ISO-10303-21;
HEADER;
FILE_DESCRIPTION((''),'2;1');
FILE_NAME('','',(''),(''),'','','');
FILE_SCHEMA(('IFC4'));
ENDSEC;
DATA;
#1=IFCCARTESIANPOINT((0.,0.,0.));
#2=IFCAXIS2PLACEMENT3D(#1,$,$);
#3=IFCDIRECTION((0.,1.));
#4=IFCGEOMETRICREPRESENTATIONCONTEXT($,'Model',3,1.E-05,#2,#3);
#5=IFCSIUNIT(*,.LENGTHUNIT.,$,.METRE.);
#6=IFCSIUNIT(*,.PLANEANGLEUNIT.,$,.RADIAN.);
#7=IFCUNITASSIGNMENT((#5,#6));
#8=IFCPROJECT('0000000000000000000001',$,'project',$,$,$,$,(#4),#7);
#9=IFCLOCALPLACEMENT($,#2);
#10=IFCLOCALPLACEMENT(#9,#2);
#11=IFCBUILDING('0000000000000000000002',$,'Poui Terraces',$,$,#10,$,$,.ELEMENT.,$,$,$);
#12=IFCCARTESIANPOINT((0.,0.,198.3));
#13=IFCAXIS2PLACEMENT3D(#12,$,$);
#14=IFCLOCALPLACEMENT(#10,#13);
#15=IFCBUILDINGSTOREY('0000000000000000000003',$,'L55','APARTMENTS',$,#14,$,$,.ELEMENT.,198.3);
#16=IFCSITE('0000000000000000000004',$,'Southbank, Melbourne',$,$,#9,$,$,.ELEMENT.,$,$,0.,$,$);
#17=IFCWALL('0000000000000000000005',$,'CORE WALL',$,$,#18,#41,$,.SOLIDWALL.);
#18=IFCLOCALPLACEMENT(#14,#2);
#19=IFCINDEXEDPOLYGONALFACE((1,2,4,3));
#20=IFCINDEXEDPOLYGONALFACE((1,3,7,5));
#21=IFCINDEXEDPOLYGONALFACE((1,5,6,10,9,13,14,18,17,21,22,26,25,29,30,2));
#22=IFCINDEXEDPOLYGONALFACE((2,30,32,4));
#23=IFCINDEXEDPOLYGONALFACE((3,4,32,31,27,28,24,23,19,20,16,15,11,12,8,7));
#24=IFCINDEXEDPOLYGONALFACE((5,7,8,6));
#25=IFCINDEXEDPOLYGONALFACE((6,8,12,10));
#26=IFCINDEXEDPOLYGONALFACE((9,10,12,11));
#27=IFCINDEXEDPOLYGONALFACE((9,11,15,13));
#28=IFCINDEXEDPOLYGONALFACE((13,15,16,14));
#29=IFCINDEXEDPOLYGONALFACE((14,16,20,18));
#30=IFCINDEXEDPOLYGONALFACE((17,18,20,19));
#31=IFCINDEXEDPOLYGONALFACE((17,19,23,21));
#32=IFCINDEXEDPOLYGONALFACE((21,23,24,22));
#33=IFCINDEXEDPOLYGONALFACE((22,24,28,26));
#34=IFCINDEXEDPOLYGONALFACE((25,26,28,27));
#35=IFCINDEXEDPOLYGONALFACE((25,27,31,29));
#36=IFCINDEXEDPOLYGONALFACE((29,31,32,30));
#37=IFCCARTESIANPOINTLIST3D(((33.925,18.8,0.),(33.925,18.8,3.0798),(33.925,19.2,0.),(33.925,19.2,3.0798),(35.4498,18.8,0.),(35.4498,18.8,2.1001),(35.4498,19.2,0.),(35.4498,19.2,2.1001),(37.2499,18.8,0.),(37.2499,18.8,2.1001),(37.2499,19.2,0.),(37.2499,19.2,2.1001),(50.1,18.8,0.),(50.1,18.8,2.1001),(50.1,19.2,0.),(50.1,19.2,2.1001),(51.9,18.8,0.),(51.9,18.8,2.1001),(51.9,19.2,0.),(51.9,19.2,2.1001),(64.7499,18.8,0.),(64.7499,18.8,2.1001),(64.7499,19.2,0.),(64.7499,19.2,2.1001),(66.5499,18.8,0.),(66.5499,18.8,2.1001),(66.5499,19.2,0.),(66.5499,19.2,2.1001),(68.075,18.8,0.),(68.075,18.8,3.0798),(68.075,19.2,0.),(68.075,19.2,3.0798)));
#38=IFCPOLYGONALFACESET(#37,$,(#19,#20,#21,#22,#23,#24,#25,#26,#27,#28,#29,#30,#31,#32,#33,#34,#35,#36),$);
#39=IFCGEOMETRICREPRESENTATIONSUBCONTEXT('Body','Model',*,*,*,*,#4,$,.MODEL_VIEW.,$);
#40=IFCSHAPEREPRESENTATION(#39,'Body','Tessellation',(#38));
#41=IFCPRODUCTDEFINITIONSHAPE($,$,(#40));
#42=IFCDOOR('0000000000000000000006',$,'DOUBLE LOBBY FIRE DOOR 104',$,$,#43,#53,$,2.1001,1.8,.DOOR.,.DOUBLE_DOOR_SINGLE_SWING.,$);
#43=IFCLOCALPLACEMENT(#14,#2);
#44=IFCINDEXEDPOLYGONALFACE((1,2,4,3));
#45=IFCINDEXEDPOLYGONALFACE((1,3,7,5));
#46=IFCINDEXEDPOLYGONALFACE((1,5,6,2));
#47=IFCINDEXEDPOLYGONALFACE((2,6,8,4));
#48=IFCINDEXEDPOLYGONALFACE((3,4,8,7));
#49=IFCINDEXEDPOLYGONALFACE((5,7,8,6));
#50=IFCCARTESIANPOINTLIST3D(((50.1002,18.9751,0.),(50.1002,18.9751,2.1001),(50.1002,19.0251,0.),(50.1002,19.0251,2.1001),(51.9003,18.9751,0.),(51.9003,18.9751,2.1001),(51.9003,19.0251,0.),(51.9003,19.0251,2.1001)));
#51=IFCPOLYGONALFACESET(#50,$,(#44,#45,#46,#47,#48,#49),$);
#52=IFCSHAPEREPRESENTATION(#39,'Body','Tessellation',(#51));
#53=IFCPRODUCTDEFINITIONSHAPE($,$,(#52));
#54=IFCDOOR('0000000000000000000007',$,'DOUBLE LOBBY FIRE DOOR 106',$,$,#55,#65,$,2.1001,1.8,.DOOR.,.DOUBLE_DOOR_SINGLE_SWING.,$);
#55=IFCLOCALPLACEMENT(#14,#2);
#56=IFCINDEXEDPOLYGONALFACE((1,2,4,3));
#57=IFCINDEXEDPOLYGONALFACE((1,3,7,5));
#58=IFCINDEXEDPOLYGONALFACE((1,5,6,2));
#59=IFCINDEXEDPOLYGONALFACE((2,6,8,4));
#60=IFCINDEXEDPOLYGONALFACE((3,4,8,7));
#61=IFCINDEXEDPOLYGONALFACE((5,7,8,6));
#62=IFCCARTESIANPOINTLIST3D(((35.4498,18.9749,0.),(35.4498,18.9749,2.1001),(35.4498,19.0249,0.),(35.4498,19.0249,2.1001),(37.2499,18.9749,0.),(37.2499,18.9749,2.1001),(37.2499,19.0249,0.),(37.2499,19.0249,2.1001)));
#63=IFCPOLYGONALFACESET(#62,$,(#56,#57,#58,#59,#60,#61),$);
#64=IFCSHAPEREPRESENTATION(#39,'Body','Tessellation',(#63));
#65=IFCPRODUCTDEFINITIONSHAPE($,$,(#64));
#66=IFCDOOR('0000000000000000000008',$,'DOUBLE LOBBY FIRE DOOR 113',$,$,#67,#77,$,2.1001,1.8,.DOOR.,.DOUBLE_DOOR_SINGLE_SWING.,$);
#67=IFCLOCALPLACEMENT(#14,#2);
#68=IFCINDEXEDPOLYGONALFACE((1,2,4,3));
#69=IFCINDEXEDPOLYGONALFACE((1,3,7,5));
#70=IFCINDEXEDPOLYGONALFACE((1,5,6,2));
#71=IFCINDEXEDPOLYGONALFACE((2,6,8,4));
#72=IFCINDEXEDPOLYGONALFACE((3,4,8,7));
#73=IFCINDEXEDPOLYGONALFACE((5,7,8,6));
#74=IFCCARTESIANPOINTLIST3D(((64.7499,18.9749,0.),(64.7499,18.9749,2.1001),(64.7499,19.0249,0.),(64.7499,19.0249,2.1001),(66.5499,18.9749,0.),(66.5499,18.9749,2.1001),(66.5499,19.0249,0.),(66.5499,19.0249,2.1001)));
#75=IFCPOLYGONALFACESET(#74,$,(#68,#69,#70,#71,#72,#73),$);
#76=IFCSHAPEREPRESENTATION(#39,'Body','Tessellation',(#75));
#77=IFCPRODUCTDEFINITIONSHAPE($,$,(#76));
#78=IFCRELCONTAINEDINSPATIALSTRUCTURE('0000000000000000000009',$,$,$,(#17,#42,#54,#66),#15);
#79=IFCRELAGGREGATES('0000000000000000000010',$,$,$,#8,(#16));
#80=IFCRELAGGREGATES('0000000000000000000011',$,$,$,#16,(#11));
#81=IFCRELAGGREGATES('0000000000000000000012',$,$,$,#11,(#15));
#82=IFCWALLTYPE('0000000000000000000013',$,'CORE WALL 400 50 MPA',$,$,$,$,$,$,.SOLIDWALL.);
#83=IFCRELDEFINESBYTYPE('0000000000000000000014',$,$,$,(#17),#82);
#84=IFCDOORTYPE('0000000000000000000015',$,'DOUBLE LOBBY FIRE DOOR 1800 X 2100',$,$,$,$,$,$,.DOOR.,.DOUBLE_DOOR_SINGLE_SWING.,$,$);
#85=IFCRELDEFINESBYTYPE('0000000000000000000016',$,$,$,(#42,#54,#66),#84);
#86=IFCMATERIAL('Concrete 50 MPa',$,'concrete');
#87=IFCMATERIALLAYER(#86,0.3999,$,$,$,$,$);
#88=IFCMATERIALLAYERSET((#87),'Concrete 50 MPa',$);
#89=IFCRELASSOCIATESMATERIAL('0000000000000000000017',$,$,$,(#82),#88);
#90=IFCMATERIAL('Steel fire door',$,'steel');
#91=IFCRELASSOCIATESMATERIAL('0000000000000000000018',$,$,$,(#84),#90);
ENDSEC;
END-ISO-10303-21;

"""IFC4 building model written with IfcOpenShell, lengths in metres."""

from ifc_helpers import new_model, si_unit, direction, frame, frame_2d, origin, place, context, subcontext, project, spatial, rectangle, extrude, material, layer, layer_set, type_object, element, fill, save


model = new_model("IFC4")

# Units and contexts
model_context = context("Model", 3, precision=1e-05, world=origin(), true_north=direction((0.0, 1.0)))
body_context = subcontext(model_context, "Body", "Model", "MODEL_VIEW")
ifc_project = project(units=[si_unit("LENGTHUNIT", "METRE"), si_unit("PLANEANGLEUNIT", "RADIAN")], contexts=[model_context])

# Site, building, storey
site_placement = place(None, origin())
site = spatial("IfcSite", under=ifc_project, at=site_placement, Name="Southbank, Melbourne", CompositionType="ELEMENT", RefElevation=0.0)
building_placement = place(site_placement, origin())
building = spatial("IfcBuilding", under=site, at=building_placement, Name="Poui Terraces", CompositionType="ELEMENT")
storey_placement = place(building_placement, frame((0.0, 0.0, 198.3)))
storey = spatial("IfcBuildingStorey", under=building, at=storey_placement, Name="L55", Description="APARTMENTS", CompositionType="ELEMENT", Elevation=198.3)

# Wall, openings, doors
ifc_material_1 = material(Name="Concrete 50 MPa", Category="concrete")
ifc_layer_1 = layer(ifc_material_1, 0.3999)
ifc_layer_set_1 = layer_set([ifc_layer_1], Name="Concrete 50 MPa")
wall_type_1 = type_object("IfcWallType", Name="CORE WALL 400 50 MPA", PredefinedType="SOLIDWALL", material=ifc_layer_set_1)
wall_1_placement = place(storey_placement, frame((33.925, 19.0, 0.0), z_axis=(0.0, 0.0, 1.0), x_axis=(1.0, 0.0, 0.0)))
wall_1 = element("IfcWall", 1, at=wall_1_placement, inside=storey, type_object=wall_type_1, Name="CORE WALL", PredefinedType="SOLIDWALL", context=body_context, shape_type="SweptSolid", body=[
    extrude(rectangle(XDim=34.1499, YDim=0.3999, at=frame_2d((17.075, 0.0))), origin(), (0.0, 0.0, 1.0), 3.0798),
])
opening_1_placement = place(wall_1_placement, frame((16.175, 0.0, 0.0)))
opening_1 = element("IfcOpeningElement", 2, at=opening_1_placement, cuts=wall_1, PredefinedType="OPENING", context=body_context, shape_type="SweptSolid", body=[
    extrude(rectangle(XDim=1.8, YDim=2.1001, at=frame_2d((0.8999, 1.05))), frame((0.0, 0.21, 0.0), z_axis=(0.0, -1.0, 0.0), x_axis=(1.0, 0.0, 0.0)), (0.0, 0.0, 1.0), 0.4199),
])
opening_2_placement = place(wall_1_placement, frame((1.5249, 0.0, 0.0)))
opening_2 = element("IfcOpeningElement", 3, at=opening_2_placement, cuts=wall_1, PredefinedType="OPENING", context=body_context, shape_type="SweptSolid", body=[
    extrude(rectangle(XDim=1.8, YDim=2.1001, at=frame_2d((0.8999, 1.05))), frame((0.0, 0.21, 0.0), z_axis=(0.0, -1.0, 0.0), x_axis=(1.0, 0.0, 0.0)), (0.0, 0.0, 1.0), 0.4199),
])
opening_3_placement = place(wall_1_placement, frame((30.825, 0.0, 0.0)))
opening_3 = element("IfcOpeningElement", 4, at=opening_3_placement, cuts=wall_1, PredefinedType="OPENING", context=body_context, shape_type="SweptSolid", body=[
    extrude(rectangle(XDim=1.8, YDim=2.1001, at=frame_2d((0.8999, 1.05))), frame((0.0, 0.21, 0.0), z_axis=(0.0, -1.0, 0.0), x_axis=(1.0, 0.0, 0.0)), (0.0, 0.0, 1.0), 0.4199),
])
ifc_material_2 = material(Name="Steel fire door", Category="steel")
door_type_1 = type_object("IfcDoorType", Name="DOUBLE LOBBY FIRE DOOR 1800 X 2100", OperationType="DOUBLE_DOOR_SINGLE_SWING", PredefinedType="DOOR", material=ifc_material_2)
door_1_placement = place(opening_1_placement, frame((1.8, 0.0, 0.0), z_axis=(0.0, 0.0, 1.0), x_axis=(-1.0, 0.0, 0.0)))
door_1 = element("IfcDoor", 5, at=door_1_placement, inside=storey, type_object=door_type_1, Name="DOUBLE LOBBY FIRE DOOR 104", OperationType="DOUBLE_DOOR_SINGLE_SWING", OverallHeight=2.1001, OverallWidth=1.8, PredefinedType="DOOR", context=body_context, shape_type="SweptSolid", body=[
    extrude(rectangle(XDim=1.8, YDim=2.1001, at=frame_2d((0.8999, 1.05))), frame((0.0, 0.0249, 0.0), z_axis=(0.0, -1.0, 0.0), x_axis=(1.0, 0.0, 0.0)), (0.0, 0.0, 1.0), 0.05),
])
fill(opening_1, door_1)
door_2_placement = place(opening_2_placement, origin())
door_2 = element("IfcDoor", 6, at=door_2_placement, inside=storey, type_object=door_type_1, Name="DOUBLE LOBBY FIRE DOOR 106", OperationType="DOUBLE_DOOR_SINGLE_SWING", OverallHeight=2.1001, OverallWidth=1.8, PredefinedType="DOOR", context=body_context, shape_type="SweptSolid", body=[
    extrude(rectangle(XDim=1.8, YDim=2.1001, at=frame_2d((0.8999, 1.05))), frame((0.0, 0.0249, 0.0), z_axis=(0.0, -1.0, 0.0), x_axis=(1.0, 0.0, 0.0)), (0.0, 0.0, 1.0), 0.05),
])
fill(opening_2, door_2)
door_3_placement = place(opening_3_placement, origin())
door_3 = element("IfcDoor", 7, at=door_3_placement, inside=storey, type_object=door_type_1, Name="DOUBLE LOBBY FIRE DOOR 113", OperationType="DOUBLE_DOOR_SINGLE_SWING", OverallHeight=2.1001, OverallWidth=1.8, PredefinedType="DOOR", context=body_context, shape_type="SweptSolid", body=[
    extrude(rectangle(XDim=1.8, YDim=2.1001, at=frame_2d((0.8999, 1.05))), frame((0.0, 0.0249, 0.0), z_axis=(0.0, -1.0, 0.0), x_axis=(1.0, 0.0, 0.0)), (0.0, 0.0, 1.0), 0.05),
])
fill(opening_3, door_3)

save(model, "model.ifc")
